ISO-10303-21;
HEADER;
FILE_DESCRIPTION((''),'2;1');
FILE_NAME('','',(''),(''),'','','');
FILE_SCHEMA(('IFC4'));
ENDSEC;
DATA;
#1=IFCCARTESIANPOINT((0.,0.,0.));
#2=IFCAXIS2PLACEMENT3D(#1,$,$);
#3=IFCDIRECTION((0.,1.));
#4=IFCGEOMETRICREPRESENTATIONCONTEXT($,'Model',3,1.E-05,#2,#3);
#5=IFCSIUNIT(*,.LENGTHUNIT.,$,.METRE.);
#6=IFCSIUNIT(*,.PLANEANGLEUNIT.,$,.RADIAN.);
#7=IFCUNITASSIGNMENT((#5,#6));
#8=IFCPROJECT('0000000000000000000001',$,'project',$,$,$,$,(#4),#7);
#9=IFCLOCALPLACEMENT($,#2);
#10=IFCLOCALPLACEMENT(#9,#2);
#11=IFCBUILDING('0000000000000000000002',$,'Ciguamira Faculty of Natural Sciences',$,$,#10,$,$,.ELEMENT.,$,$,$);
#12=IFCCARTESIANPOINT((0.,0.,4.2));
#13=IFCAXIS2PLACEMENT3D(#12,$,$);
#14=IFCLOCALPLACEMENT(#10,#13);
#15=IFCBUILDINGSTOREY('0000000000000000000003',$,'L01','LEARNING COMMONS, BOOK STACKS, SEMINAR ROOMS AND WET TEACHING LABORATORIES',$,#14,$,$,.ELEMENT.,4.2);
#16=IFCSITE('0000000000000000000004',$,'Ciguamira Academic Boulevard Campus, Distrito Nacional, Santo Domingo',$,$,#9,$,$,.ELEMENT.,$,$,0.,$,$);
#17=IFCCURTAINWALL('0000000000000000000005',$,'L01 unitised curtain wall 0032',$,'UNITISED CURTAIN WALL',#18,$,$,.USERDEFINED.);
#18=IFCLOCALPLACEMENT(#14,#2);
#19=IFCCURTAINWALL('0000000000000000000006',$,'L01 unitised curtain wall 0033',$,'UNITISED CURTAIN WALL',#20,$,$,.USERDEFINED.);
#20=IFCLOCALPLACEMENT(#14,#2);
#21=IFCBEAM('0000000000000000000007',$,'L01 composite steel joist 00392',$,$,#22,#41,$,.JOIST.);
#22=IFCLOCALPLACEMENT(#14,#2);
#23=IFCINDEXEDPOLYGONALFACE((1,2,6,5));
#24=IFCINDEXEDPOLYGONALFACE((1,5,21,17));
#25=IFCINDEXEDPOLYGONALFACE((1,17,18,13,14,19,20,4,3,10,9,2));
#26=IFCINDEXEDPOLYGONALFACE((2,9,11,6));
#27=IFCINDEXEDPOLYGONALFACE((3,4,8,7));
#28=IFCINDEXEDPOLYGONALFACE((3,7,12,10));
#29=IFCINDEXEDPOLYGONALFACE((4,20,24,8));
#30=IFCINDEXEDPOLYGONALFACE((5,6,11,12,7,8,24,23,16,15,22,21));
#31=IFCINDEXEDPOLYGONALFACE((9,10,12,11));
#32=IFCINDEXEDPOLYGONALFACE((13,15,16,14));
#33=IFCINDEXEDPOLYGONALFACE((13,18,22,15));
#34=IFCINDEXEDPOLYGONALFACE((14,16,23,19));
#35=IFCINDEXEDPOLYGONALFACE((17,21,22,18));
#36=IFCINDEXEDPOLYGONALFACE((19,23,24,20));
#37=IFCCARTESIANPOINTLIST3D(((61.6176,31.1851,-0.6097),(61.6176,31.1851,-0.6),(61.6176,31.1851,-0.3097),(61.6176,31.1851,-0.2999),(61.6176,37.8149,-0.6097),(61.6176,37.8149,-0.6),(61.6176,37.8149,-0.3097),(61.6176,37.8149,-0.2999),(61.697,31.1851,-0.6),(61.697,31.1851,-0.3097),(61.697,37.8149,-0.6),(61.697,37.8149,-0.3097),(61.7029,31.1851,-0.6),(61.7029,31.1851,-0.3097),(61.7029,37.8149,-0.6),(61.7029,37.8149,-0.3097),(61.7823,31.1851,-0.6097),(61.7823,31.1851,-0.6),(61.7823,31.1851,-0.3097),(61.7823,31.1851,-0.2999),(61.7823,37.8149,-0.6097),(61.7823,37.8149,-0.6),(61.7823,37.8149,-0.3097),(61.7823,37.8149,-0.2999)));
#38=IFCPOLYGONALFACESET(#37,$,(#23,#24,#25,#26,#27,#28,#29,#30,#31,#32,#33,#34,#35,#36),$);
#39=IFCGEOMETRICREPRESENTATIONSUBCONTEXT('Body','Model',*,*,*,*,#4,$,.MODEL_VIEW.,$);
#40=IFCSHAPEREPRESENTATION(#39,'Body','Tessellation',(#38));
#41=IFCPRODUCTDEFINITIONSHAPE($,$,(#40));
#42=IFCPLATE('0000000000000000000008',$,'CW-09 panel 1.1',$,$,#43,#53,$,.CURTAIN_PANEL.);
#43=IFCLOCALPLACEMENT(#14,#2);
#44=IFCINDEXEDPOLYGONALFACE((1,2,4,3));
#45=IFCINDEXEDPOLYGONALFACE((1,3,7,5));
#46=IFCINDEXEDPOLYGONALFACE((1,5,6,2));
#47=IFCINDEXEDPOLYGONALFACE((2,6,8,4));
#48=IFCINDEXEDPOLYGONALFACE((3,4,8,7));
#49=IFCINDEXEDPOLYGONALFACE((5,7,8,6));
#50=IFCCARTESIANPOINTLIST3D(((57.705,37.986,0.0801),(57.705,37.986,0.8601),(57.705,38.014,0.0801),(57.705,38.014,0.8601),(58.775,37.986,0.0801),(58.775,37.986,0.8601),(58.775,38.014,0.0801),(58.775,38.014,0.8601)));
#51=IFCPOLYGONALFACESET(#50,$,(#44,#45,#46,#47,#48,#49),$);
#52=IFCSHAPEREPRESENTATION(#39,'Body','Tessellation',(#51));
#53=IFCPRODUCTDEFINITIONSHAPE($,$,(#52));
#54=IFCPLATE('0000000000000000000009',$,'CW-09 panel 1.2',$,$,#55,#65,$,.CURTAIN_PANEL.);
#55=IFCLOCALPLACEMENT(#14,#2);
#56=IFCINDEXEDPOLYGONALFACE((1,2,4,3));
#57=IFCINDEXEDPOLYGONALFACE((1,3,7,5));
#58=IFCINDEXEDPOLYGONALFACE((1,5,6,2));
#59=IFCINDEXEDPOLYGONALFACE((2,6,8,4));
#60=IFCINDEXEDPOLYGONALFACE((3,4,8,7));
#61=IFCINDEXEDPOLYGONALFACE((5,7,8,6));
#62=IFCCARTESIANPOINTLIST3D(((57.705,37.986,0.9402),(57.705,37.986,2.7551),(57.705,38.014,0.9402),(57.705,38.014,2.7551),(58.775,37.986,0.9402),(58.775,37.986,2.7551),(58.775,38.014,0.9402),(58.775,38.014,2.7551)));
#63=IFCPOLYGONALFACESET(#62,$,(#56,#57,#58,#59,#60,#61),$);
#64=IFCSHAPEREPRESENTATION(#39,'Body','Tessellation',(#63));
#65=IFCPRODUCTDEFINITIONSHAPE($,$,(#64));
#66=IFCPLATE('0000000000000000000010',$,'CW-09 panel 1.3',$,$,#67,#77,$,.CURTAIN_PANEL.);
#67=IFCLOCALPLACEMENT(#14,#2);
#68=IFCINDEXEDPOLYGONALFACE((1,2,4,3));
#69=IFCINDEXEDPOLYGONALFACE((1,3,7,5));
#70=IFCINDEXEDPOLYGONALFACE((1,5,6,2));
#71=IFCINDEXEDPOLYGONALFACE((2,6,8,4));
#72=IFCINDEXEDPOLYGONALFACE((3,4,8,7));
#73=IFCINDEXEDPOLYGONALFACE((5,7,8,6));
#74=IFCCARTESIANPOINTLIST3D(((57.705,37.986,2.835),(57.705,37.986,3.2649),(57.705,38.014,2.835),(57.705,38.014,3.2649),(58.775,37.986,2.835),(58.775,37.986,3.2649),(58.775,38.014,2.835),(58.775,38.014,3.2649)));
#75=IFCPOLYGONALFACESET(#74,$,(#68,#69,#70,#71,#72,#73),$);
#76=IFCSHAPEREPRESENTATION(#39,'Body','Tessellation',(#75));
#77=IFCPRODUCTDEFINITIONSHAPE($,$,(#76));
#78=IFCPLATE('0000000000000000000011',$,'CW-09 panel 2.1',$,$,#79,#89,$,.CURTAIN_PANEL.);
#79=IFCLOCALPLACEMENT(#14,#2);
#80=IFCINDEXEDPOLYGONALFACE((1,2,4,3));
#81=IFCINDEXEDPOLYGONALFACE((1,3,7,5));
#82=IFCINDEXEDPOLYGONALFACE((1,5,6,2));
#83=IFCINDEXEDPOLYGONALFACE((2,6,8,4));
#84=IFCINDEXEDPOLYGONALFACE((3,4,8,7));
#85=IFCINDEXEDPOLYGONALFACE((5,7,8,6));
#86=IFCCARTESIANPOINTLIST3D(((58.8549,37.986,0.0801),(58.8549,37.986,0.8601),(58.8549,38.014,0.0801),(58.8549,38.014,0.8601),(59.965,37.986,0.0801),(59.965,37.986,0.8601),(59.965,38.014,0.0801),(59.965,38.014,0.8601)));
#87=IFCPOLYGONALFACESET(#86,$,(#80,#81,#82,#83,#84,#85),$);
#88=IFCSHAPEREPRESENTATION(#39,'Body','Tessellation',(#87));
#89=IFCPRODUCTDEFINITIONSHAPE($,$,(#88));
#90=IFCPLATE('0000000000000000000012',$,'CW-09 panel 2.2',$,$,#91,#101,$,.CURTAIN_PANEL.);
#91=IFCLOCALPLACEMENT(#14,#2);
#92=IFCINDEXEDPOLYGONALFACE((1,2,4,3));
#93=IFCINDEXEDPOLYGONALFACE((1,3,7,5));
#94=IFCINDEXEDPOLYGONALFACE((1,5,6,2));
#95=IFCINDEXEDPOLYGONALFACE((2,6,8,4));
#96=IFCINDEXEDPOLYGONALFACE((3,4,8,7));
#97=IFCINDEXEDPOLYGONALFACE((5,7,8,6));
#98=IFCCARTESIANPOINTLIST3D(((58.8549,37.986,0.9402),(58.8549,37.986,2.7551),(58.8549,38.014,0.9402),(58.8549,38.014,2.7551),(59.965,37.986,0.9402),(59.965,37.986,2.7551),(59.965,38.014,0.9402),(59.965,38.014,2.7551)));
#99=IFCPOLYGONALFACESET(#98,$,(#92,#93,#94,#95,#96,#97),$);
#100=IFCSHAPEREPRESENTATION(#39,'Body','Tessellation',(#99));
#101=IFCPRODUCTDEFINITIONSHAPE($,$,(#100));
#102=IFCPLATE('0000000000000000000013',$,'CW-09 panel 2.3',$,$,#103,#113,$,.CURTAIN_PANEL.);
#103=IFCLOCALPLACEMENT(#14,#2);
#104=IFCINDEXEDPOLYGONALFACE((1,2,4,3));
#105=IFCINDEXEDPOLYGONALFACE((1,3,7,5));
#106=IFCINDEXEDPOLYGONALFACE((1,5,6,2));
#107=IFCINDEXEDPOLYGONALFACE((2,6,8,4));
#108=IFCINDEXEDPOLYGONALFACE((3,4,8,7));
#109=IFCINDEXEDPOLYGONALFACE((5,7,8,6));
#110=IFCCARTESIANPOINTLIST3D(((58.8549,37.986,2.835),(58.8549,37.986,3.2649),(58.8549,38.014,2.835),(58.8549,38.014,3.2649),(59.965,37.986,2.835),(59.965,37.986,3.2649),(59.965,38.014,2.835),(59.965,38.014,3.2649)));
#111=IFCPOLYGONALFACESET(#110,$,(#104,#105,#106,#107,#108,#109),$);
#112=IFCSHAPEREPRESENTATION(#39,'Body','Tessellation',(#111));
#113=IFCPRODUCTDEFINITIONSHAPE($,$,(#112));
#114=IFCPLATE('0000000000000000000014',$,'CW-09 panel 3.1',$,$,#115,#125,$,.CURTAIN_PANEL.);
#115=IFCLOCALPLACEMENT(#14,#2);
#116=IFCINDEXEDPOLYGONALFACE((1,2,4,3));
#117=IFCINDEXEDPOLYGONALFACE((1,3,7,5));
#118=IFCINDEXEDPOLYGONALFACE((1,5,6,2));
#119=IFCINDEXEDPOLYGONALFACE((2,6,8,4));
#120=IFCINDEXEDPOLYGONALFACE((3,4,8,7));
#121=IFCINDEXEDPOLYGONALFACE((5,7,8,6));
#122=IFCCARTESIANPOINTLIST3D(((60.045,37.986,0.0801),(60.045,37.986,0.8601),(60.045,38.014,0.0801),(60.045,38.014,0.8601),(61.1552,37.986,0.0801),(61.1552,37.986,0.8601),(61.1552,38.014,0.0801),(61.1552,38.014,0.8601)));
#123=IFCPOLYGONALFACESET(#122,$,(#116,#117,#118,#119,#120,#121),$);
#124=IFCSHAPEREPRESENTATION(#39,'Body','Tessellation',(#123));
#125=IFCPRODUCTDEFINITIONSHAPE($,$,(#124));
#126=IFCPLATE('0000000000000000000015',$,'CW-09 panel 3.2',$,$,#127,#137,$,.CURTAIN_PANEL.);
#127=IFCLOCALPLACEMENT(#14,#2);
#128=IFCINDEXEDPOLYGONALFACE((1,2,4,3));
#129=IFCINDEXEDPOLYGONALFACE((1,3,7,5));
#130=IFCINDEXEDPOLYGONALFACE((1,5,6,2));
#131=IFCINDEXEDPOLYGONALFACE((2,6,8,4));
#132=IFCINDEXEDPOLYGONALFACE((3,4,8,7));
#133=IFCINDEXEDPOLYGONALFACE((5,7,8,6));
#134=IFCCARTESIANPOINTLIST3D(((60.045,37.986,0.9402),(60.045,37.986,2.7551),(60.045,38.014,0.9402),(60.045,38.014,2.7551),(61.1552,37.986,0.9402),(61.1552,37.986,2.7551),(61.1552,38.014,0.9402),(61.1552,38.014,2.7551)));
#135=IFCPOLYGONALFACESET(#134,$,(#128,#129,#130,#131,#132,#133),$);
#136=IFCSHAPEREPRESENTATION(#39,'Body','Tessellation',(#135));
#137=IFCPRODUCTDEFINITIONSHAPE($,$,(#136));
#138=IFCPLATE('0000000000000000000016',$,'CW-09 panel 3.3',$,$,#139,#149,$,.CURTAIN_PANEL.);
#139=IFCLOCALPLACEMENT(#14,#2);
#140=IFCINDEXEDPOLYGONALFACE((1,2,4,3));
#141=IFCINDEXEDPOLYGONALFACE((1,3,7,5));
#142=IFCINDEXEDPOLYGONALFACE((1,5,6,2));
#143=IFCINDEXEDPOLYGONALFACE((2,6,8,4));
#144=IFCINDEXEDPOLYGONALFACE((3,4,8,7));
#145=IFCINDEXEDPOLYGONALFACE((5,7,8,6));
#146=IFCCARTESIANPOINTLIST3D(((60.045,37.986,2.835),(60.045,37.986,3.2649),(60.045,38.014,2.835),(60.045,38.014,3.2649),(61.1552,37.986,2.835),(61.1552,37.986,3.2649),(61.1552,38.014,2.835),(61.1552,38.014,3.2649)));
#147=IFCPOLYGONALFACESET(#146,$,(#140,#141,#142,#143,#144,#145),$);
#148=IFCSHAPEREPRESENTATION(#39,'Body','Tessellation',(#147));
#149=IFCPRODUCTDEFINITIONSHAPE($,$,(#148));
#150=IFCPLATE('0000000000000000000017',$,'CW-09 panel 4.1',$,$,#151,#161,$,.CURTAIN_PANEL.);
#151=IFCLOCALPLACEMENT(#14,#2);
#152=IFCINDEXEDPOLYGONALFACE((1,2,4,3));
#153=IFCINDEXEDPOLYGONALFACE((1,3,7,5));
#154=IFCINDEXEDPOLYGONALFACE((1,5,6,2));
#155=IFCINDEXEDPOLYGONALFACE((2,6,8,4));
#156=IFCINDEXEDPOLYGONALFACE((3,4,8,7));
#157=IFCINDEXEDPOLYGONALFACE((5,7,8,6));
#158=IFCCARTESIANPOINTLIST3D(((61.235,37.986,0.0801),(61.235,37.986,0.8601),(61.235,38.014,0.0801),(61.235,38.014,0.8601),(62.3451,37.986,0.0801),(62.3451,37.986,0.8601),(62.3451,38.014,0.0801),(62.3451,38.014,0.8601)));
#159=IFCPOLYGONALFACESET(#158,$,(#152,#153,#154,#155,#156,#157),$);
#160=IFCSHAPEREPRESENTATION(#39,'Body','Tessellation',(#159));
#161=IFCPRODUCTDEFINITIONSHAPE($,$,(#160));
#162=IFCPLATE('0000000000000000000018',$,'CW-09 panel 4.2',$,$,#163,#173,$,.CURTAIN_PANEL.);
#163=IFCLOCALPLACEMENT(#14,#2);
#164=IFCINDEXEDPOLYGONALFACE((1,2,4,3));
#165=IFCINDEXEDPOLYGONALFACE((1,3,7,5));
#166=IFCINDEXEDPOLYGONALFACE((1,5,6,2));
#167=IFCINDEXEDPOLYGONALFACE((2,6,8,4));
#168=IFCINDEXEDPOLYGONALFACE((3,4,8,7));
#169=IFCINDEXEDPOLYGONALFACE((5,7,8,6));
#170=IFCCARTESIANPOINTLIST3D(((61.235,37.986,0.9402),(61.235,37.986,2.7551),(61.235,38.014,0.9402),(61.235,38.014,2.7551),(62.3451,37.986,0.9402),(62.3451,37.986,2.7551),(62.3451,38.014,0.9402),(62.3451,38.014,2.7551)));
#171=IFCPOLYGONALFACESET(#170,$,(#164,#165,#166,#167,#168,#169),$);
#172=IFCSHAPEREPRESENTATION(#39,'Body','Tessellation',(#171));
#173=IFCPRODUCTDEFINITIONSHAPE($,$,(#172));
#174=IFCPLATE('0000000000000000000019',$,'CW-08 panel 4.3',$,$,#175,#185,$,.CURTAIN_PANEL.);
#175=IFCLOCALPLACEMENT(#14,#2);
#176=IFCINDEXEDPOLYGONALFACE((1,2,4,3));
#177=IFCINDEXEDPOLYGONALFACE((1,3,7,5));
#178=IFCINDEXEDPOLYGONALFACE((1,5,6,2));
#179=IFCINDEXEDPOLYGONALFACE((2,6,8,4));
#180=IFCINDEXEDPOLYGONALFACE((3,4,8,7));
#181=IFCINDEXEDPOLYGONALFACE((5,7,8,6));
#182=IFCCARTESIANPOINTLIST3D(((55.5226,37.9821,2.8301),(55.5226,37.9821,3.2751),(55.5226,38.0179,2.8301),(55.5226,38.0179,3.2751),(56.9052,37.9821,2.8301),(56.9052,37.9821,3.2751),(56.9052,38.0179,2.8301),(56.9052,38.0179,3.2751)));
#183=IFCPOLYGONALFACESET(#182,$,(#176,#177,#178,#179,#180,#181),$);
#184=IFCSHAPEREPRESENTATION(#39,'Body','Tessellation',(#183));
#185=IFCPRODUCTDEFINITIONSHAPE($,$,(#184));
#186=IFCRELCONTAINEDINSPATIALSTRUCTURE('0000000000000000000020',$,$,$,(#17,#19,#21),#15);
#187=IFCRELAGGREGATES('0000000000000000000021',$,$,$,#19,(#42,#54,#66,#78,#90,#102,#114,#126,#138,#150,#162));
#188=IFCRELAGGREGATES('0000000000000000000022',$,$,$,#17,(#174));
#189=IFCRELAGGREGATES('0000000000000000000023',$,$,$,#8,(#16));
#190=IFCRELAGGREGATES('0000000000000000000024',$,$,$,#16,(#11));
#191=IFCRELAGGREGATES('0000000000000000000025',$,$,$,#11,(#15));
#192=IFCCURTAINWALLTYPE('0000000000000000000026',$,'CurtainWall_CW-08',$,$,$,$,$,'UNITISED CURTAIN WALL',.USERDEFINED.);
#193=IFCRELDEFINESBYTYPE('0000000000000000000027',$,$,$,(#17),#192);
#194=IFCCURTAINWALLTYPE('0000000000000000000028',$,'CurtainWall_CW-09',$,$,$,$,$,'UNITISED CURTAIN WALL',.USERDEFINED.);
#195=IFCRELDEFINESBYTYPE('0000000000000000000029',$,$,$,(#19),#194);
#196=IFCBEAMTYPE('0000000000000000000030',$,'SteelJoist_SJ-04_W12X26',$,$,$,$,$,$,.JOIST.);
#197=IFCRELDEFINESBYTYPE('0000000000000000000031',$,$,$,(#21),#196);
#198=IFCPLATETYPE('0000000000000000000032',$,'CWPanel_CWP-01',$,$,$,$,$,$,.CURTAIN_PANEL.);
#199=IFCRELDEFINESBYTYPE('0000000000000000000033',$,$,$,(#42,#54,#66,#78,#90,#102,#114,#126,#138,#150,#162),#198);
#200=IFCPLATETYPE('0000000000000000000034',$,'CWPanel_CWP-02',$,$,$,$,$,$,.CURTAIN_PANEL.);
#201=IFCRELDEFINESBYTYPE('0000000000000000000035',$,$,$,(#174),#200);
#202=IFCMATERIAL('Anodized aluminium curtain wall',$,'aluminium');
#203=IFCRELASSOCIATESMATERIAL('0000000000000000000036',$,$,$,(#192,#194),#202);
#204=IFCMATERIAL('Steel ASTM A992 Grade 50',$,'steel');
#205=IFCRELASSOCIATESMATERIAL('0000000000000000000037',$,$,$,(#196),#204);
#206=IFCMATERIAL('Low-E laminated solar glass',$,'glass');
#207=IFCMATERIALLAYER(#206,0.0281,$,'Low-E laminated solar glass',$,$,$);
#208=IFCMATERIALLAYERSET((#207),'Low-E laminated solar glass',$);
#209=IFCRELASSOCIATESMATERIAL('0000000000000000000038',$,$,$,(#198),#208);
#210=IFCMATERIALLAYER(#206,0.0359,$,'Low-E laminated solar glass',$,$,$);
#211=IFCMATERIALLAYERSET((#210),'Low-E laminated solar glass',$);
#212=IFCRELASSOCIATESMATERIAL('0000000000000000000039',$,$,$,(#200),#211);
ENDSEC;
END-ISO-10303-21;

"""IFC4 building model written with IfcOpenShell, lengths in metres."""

from ifc_helpers import new_model, si_unit, direction, frame, origin, origin_2d, place, context, subcontext, project, spatial, rectangle, i_section, extrude, material, layer, layer_set, material_profile, profile_set, type_object, element, aggregate, save


model = new_model("IFC4")

# Units and contexts
model_context = context("Model", 3, precision=1e-05, world=origin(), true_north=direction((0.0, 1.0)))
body_context = subcontext(model_context, "Body", "Model", "MODEL_VIEW")
ifc_project = project(units=[si_unit("LENGTHUNIT", "METRE"), si_unit("PLANEANGLEUNIT", "RADIAN")], contexts=[model_context])

# Site, building, storey
site_placement = place(None, origin())
site = spatial("IfcSite", under=ifc_project, at=site_placement, Name="Ciguamira Academic Boulevard Campus, Distrito Nacional, Santo Domingo", CompositionType="ELEMENT", RefElevation=0.0)
building_placement = place(site_placement, origin())
building = spatial("IfcBuilding", under=site, at=building_placement, Name="Ciguamira Faculty of Natural Sciences", CompositionType="ELEMENT")
storey_placement = place(building_placement, frame((0.0, 0.0, 4.2)))
storey = spatial("IfcBuildingStorey", under=building, at=storey_placement, Name="L01", Description="LEARNING COMMONS, BOOK STACKS, SEMINAR ROOMS AND WET TEACHING LABORATORIES", CompositionType="ELEMENT", Elevation=4.2)

# Curtain wall
ifc_material_1 = material(Name="Anodized aluminium curtain wall", Category="aluminium")
curtain_wall_type_1 = type_object("IfcCurtainWallType", Name="CurtainWall_CW-08", ElementType="UNITISED CURTAIN WALL", PredefinedType="USERDEFINED", material=ifc_material_1)
curtain_wall_1_placement = place(storey_placement, origin())
curtain_wall_1 = element("IfcCurtainWall", 1, at=curtain_wall_1_placement, inside=storey, type_object=curtain_wall_type_1, Name="L01 unitised curtain wall 0032", ObjectType="UNITISED CURTAIN WALL", PredefinedType="USERDEFINED")

# Curtain wall
curtain_wall_type_2 = type_object("IfcCurtainWallType", Name="CurtainWall_CW-09", ElementType="UNITISED CURTAIN WALL", PredefinedType="USERDEFINED", material=ifc_material_1)
curtain_wall_2_placement = place(storey_placement, origin())
curtain_wall_2 = element("IfcCurtainWall", 2, at=curtain_wall_2_placement, inside=storey, type_object=curtain_wall_type_2, Name="L01 unitised curtain wall 0033", ObjectType="UNITISED CURTAIN WALL", PredefinedType="USERDEFINED")

# Beam
ifc_material_2 = material(Name="Steel ASTM A992 Grade 50", Category="steel")
ifc_material_profile_1 = material_profile(ifc_material_2, i_section(OverallWidth=0.1648, OverallDepth=0.3098, WebThickness=0.0059, FlangeThickness=0.0098, at=origin_2d()), Name="W12X26")
ifc_profile_set_1 = profile_set([ifc_material_profile_1], Name="Steel ASTM A992 Grade 50")
beam_type_1 = type_object("IfcBeamType", Name="SteelJoist_SJ-04_W12X26", PredefinedType="JOIST", material=ifc_profile_set_1)
beam_1_placement = place(storey_placement, frame((61.7, 31.1851, -0.4548), z_axis=(0.0, 1.0, 0.0), x_axis=(-1.0, 0.0, 0.0)))
element("IfcBeam", 3, at=beam_1_placement, inside=storey, type_object=beam_type_1, Name="L01 composite steel joist 00392", PredefinedType="JOIST", context=body_context, shape_type="SweptSolid", body=[
    extrude(i_section(OverallWidth=0.1648, OverallDepth=0.3098, WebThickness=0.0059, FlangeThickness=0.0098, at=origin_2d()), origin(), (0.0, 0.0, 1.0), 6.6299),
])

# Plates
ifc_material_3 = material(Name="Low-E laminated solar glass", Category="glass")
ifc_layer_1 = layer(ifc_material_3, 0.0281, Name="Low-E laminated solar glass")
ifc_layer_set_1 = layer_set([ifc_layer_1], Name="Low-E laminated solar glass")
plate_type_1 = type_object("IfcPlateType", Name="CWPanel_CWP-01", PredefinedType="CURTAIN_PANEL", material=ifc_layer_set_1)
plate_1_placement = place(storey_placement, frame((58.24, 38.0, 0.0801), z_axis=(0.0, 0.0, 1.0), x_axis=(1.0, 0.0, 0.0)))
plate_1 = element("IfcPlate", 4, at=plate_1_placement, type_object=plate_type_1, Name="CW-09 panel 1.1", PredefinedType="CURTAIN_PANEL", context=body_context, shape_type="SweptSolid", body=[
    extrude(rectangle(XDim=1.0701, YDim=0.0281, at=origin_2d()), origin(), (0.0, 0.0, 1.0), 0.78),
])
plate_2_placement = place(storey_placement, frame((58.24, 38.0, 0.9402), z_axis=(0.0, 0.0, 1.0), x_axis=(1.0, 0.0, 0.0)))
plate_2 = element("IfcPlate", 5, at=plate_2_placement, type_object=plate_type_1, Name="CW-09 panel 1.2", PredefinedType="CURTAIN_PANEL", context=body_context, shape_type="SweptSolid", body=[
    extrude(rectangle(XDim=1.0701, YDim=0.0281, at=origin_2d()), origin(), (0.0, 0.0, 1.0), 1.8149),
])
plate_3_placement = place(storey_placement, frame((58.24, 38.0, 2.835), z_axis=(0.0, 0.0, 1.0), x_axis=(1.0, 0.0, 0.0)))
plate_3 = element("IfcPlate", 6, at=plate_3_placement, type_object=plate_type_1, Name="CW-09 panel 1.3", PredefinedType="CURTAIN_PANEL", context=body_context, shape_type="SweptSolid", body=[
    extrude(rectangle(XDim=1.0701, YDim=0.0281, at=origin_2d()), origin(), (0.0, 0.0, 1.0), 0.4299),
])
plate_4_placement = place(storey_placement, frame((59.4099, 38.0, 0.0801), z_axis=(0.0, 0.0, 1.0), x_axis=(1.0, 0.0, 0.0)))
plate_4 = element("IfcPlate", 7, at=plate_4_placement, type_object=plate_type_1, Name="CW-09 panel 2.1", PredefinedType="CURTAIN_PANEL", context=body_context, shape_type="SweptSolid", body=[
    extrude(rectangle(XDim=1.1101, YDim=0.0281, at=origin_2d()), origin(), (0.0, 0.0, 1.0), 0.78),
])
plate_5_placement = place(storey_placement, frame((59.4099, 38.0, 0.9402), z_axis=(0.0, 0.0, 1.0), x_axis=(1.0, 0.0, 0.0)))
plate_5 = element("IfcPlate", 8, at=plate_5_placement, type_object=plate_type_1, Name="CW-09 panel 2.2", PredefinedType="CURTAIN_PANEL", context=body_context, shape_type="SweptSolid", body=[
    extrude(rectangle(XDim=1.1101, YDim=0.0281, at=origin_2d()), origin(), (0.0, 0.0, 1.0), 1.8149),
])
plate_6_placement = place(storey_placement, frame((59.4099, 38.0, 2.835), z_axis=(0.0, 0.0, 1.0), x_axis=(1.0, 0.0, 0.0)))
plate_6 = element("IfcPlate", 9, at=plate_6_placement, type_object=plate_type_1, Name="CW-09 panel 2.3", PredefinedType="CURTAIN_PANEL", context=body_context, shape_type="SweptSolid", body=[
    extrude(rectangle(XDim=1.1101, YDim=0.0281, at=origin_2d()), origin(), (0.0, 0.0, 1.0), 0.4299),
])
plate_7_placement = place(storey_placement, frame((60.6001, 38.0, 0.0801), z_axis=(0.0, 0.0, 1.0), x_axis=(1.0, 0.0, 0.0)))
plate_7 = element("IfcPlate", 10, at=plate_7_placement, type_object=plate_type_1, Name="CW-09 panel 3.1", PredefinedType="CURTAIN_PANEL", context=body_context, shape_type="SweptSolid", body=[
    extrude(rectangle(XDim=1.1101, YDim=0.0281, at=origin_2d()), origin(), (0.0, 0.0, 1.0), 0.78),
])
plate_8_placement = place(storey_placement, frame((60.6001, 38.0, 0.9402), z_axis=(0.0, 0.0, 1.0), x_axis=(1.0, 0.0, 0.0)))
plate_8 = element("IfcPlate", 11, at=plate_8_placement, type_object=plate_type_1, Name="CW-09 panel 3.2", PredefinedType="CURTAIN_PANEL", context=body_context, shape_type="SweptSolid", body=[
    extrude(rectangle(XDim=1.1101, YDim=0.0281, at=origin_2d()), origin(), (0.0, 0.0, 1.0), 1.8149),
])
plate_9_placement = place(storey_placement, frame((60.6001, 38.0, 2.835), z_axis=(0.0, 0.0, 1.0), x_axis=(1.0, 0.0, 0.0)))
plate_9 = element("IfcPlate", 12, at=plate_9_placement, type_object=plate_type_1, Name="CW-09 panel 3.3", PredefinedType="CURTAIN_PANEL", context=body_context, shape_type="SweptSolid", body=[
    extrude(rectangle(XDim=1.1101, YDim=0.0281, at=origin_2d()), origin(), (0.0, 0.0, 1.0), 0.4299),
])
plate_10_placement = place(storey_placement, frame((61.79, 38.0, 0.0801), z_axis=(0.0, 0.0, 1.0), x_axis=(1.0, 0.0, 0.0)))
plate_10 = element("IfcPlate", 13, at=plate_10_placement, type_object=plate_type_1, Name="CW-09 panel 4.1", PredefinedType="CURTAIN_PANEL", context=body_context, shape_type="SweptSolid", body=[
    extrude(rectangle(XDim=1.1101, YDim=0.0281, at=origin_2d()), origin(), (0.0, 0.0, 1.0), 0.78),
])
plate_11_placement = place(storey_placement, frame((61.79, 38.0, 0.9402), z_axis=(0.0, 0.0, 1.0), x_axis=(1.0, 0.0, 0.0)))
plate_11 = element("IfcPlate", 14, at=plate_11_placement, type_object=plate_type_1, Name="CW-09 panel 4.2", PredefinedType="CURTAIN_PANEL", context=body_context, shape_type="SweptSolid", body=[
    extrude(rectangle(XDim=1.1101, YDim=0.0281, at=origin_2d()), origin(), (0.0, 0.0, 1.0), 1.8149),
])
aggregate(curtain_wall_2, [plate_1, plate_2, plate_3, plate_4, plate_5, plate_6, plate_7, plate_8, plate_9, plate_10, plate_11])
ifc_layer_2 = layer(ifc_material_3, 0.0359, Name="Low-E laminated solar glass")
ifc_layer_set_2 = layer_set([ifc_layer_2], Name="Low-E laminated solar glass")
plate_type_2 = type_object("IfcPlateType", Name="CWPanel_CWP-02", PredefinedType="CURTAIN_PANEL", material=ifc_layer_set_2)
plate_12_placement = place(storey_placement, frame((56.2139, 38.0, 2.8301), z_axis=(0.0, 0.0, 1.0), x_axis=(1.0, 0.0, 0.0)))
plate_12 = element("IfcPlate", 15, at=plate_12_placement, type_object=plate_type_2, Name="CW-08 panel 4.3", PredefinedType="CURTAIN_PANEL", context=body_context, shape_type="SweptSolid", body=[
    extrude(rectangle(XDim=1.3826, YDim=0.0359, at=origin_2d()), origin(), (0.0, 0.0, 1.0), 0.4451),
])
aggregate(curtain_wall_1, [plate_12])

save(model, "model.ifc")
